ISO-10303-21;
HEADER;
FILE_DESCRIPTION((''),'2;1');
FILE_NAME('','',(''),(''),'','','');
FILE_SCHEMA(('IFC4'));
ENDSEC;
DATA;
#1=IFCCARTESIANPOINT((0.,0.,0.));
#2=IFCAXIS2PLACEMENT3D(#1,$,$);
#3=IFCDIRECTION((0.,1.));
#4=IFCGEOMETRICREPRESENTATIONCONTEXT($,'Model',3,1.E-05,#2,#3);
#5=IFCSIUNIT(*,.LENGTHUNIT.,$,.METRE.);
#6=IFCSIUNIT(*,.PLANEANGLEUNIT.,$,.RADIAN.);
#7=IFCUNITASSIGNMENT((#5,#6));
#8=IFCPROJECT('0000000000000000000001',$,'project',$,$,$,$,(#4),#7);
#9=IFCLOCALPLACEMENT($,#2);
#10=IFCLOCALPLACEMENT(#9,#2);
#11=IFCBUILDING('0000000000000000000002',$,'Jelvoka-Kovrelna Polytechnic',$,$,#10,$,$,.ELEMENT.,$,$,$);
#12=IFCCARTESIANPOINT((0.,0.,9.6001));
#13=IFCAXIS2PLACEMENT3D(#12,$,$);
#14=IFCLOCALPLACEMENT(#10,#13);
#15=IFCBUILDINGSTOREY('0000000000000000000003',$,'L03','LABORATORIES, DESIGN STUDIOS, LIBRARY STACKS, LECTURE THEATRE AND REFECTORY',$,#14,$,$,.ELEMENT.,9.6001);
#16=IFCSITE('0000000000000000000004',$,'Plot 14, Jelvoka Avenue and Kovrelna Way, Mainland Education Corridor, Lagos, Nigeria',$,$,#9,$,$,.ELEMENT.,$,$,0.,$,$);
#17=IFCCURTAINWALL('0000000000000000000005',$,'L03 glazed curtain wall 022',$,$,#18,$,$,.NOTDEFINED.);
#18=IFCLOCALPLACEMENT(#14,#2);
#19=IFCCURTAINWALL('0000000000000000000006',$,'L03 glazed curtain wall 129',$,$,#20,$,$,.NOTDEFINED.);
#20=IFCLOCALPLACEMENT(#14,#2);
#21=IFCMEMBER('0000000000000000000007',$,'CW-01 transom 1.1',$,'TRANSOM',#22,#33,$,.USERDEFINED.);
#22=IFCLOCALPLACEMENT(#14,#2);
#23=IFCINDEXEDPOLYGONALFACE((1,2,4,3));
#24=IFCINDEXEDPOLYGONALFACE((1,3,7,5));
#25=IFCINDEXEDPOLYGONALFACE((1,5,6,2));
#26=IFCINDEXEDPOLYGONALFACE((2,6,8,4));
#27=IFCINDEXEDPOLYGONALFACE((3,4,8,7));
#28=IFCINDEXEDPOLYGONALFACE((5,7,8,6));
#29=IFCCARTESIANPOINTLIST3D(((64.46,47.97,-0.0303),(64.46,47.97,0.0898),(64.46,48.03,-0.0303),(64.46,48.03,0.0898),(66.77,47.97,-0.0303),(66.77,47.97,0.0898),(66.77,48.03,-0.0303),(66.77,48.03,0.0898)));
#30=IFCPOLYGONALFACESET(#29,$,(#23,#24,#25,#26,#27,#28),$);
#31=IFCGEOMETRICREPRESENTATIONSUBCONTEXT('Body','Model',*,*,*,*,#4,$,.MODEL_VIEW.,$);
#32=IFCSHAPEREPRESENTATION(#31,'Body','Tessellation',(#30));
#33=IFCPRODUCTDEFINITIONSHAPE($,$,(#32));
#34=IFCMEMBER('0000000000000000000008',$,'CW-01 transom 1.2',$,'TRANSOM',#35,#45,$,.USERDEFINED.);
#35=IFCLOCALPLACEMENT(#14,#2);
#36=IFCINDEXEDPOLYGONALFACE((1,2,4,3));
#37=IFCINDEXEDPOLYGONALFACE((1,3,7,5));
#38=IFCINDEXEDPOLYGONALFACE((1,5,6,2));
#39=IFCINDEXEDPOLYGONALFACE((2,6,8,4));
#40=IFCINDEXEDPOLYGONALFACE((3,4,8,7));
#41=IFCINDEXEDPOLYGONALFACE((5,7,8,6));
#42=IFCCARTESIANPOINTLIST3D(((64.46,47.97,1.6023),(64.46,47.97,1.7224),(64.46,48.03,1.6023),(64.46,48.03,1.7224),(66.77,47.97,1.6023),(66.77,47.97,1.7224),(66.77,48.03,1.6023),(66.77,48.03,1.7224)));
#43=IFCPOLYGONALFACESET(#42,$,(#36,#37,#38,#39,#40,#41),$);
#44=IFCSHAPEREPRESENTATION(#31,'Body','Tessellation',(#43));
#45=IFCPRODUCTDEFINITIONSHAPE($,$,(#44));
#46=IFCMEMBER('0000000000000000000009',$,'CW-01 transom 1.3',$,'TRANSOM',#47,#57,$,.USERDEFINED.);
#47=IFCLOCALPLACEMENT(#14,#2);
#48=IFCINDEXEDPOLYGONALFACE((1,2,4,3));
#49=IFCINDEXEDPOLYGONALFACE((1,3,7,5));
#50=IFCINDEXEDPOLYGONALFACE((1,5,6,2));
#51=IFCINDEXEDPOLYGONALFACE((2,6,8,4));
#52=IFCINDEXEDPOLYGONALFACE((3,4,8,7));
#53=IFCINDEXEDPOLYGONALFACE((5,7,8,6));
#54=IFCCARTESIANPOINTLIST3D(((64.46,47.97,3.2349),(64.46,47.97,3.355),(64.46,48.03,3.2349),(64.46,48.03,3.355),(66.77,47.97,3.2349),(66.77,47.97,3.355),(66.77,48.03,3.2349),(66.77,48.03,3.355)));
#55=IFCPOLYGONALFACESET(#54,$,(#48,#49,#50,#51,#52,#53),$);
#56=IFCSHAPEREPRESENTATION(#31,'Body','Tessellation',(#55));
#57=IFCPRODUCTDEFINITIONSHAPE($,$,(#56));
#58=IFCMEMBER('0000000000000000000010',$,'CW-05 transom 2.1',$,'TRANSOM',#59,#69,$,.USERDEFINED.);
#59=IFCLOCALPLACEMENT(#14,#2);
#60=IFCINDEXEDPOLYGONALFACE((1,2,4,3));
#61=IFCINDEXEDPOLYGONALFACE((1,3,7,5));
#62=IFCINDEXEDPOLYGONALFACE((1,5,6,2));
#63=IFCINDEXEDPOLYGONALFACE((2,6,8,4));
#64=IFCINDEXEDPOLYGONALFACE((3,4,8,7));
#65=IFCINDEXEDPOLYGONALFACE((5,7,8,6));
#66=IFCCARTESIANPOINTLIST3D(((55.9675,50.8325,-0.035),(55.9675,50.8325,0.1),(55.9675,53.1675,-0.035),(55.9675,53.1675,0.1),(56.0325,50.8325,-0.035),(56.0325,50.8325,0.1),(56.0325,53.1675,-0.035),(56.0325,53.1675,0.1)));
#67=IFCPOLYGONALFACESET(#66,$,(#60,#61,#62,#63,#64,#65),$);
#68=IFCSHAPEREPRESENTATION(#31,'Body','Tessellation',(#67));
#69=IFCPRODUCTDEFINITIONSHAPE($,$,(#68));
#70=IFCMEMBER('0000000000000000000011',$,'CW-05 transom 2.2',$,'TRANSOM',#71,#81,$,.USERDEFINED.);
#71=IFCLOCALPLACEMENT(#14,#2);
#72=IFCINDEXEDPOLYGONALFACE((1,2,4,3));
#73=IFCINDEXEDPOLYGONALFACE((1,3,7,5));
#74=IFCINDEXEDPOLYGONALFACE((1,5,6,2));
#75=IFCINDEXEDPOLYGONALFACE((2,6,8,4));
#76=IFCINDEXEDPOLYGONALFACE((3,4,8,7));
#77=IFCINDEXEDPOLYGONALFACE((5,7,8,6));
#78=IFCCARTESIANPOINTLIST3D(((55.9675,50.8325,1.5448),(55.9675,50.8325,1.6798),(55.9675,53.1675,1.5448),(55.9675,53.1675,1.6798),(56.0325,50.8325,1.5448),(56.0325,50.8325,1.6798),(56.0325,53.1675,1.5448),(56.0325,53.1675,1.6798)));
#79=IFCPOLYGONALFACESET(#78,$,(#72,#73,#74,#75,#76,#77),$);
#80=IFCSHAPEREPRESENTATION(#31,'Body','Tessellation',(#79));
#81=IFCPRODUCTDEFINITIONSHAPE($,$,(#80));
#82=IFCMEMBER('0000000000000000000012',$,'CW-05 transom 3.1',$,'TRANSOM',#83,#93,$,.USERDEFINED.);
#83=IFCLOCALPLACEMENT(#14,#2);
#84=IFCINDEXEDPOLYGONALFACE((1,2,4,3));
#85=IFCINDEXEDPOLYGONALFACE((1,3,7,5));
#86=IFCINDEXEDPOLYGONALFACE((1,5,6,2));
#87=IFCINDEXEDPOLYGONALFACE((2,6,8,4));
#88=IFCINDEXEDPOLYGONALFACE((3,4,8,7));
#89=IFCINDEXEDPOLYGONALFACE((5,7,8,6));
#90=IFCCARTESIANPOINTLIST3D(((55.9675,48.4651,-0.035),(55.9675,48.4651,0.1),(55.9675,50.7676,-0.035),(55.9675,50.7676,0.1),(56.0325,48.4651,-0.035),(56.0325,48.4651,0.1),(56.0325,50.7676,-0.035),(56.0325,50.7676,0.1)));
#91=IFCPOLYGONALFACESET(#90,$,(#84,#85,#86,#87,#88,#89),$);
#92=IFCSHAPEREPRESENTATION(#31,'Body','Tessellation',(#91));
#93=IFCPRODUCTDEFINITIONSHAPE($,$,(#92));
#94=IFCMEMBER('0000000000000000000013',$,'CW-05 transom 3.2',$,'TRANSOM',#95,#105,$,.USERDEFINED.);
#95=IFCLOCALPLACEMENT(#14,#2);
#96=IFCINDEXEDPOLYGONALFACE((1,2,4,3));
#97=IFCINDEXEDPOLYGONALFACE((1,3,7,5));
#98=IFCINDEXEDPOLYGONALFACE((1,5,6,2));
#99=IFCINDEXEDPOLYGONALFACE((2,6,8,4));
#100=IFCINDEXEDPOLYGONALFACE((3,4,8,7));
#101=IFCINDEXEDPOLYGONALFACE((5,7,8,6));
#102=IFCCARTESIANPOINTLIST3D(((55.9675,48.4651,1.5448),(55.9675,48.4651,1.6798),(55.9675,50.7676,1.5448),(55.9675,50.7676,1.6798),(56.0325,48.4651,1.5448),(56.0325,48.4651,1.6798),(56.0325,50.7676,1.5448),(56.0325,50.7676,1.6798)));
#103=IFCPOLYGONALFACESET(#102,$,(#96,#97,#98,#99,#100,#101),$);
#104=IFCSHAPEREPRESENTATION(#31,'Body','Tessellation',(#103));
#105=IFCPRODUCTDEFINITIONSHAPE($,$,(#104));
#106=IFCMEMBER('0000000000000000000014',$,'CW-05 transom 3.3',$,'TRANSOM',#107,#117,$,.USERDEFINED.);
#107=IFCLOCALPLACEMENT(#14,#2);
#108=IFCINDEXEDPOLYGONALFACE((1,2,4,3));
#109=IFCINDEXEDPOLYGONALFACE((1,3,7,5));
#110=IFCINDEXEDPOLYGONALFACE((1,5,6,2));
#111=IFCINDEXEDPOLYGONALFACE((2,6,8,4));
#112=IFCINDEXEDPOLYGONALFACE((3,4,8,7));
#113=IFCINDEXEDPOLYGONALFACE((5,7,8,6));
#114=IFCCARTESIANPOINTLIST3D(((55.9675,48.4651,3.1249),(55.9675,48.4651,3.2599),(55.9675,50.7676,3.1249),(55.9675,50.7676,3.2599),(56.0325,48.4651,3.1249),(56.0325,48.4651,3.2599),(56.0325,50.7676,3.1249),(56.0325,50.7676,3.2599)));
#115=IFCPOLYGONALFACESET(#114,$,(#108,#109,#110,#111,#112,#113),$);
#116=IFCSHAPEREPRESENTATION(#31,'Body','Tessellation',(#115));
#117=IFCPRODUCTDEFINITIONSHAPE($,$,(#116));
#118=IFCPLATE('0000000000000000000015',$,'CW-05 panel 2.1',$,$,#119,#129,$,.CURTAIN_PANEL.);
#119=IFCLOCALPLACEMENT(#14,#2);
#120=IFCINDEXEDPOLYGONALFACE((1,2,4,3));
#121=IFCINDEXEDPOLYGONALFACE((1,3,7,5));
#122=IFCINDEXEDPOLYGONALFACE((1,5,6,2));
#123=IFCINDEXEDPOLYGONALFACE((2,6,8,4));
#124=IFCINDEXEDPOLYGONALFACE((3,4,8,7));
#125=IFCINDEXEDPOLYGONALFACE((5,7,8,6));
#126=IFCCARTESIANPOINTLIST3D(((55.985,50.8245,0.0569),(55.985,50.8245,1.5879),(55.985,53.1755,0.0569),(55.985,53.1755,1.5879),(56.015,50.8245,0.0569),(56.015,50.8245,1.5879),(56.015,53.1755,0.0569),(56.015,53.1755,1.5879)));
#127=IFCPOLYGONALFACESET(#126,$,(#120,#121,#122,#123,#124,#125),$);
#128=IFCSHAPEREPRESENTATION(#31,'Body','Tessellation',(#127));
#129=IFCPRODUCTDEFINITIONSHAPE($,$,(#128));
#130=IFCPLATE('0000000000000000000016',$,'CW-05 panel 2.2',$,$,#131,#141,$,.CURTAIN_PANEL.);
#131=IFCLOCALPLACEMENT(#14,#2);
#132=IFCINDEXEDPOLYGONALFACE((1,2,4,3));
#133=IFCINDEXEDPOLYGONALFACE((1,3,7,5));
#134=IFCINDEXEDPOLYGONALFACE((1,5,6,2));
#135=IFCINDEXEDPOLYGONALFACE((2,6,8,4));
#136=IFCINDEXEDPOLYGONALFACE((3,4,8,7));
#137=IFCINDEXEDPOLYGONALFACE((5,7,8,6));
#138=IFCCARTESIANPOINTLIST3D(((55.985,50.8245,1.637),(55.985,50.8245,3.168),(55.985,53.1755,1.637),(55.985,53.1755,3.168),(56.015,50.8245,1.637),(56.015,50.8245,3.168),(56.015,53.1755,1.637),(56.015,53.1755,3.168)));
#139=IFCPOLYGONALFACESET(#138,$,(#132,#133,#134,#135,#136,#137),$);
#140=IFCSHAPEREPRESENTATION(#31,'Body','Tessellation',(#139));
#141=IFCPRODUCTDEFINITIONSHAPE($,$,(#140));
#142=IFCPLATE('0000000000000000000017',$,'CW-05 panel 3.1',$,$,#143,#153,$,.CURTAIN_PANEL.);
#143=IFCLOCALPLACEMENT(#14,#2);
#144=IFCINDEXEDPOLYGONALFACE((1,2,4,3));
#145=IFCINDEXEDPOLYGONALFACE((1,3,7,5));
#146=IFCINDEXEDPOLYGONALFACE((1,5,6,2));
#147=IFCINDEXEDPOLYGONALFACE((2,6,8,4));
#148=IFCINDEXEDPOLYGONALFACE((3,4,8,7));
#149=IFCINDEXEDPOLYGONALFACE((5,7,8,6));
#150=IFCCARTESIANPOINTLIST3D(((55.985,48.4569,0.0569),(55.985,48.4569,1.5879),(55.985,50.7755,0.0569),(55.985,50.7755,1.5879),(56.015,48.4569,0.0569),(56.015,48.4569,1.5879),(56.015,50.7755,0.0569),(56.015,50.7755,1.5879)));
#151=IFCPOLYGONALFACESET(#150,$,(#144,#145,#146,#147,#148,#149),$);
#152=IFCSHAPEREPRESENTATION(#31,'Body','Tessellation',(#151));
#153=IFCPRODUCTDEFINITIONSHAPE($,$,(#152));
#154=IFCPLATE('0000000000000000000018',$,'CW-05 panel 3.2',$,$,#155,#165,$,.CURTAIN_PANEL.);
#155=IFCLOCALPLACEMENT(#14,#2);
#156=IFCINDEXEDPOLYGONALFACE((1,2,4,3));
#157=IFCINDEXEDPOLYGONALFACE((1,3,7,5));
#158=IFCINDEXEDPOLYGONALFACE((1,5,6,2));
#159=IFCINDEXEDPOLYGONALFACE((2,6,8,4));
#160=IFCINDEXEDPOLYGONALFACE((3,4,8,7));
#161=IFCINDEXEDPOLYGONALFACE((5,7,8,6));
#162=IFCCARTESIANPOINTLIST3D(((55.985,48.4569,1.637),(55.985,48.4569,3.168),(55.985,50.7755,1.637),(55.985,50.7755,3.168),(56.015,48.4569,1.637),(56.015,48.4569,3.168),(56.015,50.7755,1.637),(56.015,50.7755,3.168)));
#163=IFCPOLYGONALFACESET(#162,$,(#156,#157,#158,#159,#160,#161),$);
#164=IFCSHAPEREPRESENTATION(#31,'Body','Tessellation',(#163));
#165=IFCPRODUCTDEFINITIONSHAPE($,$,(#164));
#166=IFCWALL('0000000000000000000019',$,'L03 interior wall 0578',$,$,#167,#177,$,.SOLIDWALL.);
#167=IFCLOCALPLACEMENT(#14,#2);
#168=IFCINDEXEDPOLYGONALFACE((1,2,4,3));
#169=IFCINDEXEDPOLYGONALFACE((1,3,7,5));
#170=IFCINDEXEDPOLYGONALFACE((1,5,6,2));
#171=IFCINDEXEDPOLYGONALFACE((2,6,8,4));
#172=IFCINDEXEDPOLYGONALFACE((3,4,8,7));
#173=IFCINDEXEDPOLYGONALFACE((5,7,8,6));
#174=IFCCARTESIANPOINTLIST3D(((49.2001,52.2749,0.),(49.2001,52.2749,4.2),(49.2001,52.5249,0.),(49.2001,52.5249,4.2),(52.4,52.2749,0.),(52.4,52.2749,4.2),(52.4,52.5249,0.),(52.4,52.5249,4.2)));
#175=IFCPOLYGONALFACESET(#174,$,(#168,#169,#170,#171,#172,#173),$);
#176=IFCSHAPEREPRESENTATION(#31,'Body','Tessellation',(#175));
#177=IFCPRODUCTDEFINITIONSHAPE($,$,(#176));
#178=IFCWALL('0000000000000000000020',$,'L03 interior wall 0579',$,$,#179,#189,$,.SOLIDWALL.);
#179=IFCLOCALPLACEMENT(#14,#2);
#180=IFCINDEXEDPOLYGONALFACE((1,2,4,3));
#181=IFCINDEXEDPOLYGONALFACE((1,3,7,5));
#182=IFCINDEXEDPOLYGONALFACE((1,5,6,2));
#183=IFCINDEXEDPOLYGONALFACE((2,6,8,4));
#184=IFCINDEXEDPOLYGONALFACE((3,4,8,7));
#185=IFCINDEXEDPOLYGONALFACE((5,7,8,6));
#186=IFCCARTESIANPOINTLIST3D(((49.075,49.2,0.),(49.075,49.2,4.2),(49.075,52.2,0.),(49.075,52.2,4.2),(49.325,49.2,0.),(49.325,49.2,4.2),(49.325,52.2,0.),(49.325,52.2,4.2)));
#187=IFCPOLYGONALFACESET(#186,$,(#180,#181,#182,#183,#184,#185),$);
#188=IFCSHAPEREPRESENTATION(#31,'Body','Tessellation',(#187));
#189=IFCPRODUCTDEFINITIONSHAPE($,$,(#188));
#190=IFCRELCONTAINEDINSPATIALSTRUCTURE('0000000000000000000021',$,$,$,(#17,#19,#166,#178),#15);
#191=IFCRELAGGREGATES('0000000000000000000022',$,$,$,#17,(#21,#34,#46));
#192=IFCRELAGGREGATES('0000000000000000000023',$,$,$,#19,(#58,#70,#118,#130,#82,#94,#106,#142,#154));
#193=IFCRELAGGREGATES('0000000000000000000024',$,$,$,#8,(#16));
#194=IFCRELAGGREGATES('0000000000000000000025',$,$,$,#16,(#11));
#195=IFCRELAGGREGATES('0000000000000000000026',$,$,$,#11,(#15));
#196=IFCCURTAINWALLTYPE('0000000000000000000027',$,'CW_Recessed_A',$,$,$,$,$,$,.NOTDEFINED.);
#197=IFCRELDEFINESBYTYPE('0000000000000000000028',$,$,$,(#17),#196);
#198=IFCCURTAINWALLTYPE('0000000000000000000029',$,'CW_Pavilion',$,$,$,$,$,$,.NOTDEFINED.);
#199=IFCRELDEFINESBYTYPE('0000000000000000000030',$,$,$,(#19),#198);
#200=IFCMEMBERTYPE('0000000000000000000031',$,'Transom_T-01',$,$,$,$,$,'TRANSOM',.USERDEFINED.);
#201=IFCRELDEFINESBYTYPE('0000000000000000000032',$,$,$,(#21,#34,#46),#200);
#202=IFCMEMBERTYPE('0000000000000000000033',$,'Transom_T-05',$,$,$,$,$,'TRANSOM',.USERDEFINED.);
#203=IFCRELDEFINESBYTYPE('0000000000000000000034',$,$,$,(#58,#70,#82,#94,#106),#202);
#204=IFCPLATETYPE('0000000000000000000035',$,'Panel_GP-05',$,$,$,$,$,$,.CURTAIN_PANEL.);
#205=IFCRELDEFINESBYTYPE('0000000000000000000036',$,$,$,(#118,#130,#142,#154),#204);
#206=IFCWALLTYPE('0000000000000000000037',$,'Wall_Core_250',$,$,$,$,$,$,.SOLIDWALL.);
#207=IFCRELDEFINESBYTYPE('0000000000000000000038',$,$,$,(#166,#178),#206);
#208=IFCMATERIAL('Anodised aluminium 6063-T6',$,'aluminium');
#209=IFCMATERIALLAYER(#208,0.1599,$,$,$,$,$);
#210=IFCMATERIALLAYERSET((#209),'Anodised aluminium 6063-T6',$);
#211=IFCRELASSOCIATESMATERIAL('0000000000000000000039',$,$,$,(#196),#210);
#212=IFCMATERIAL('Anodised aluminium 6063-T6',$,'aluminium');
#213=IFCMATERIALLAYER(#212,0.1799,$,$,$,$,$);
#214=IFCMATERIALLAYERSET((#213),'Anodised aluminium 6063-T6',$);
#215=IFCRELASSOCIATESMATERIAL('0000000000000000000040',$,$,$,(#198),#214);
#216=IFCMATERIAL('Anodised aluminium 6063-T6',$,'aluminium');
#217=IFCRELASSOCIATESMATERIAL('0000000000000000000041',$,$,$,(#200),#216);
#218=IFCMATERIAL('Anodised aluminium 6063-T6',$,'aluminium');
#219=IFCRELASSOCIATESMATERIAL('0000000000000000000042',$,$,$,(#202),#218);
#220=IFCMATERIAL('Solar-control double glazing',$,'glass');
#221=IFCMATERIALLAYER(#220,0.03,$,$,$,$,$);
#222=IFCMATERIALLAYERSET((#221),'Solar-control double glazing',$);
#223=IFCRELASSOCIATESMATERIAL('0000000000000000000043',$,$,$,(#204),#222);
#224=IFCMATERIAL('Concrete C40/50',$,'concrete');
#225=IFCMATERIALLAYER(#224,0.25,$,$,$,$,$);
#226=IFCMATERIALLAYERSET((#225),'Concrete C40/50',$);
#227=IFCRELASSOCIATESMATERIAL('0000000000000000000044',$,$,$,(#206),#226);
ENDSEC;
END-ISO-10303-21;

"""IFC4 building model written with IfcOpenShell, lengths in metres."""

from ifc_helpers import new_model, si_unit, direction, frame, frame_2d, origin, origin_2d, place, context, subcontext, project, spatial, rectangle, extrude, material, layer, layer_set, material_profile, profile_set, type_object, element, aggregate, save


model = new_model("IFC4")

# Units and contexts
model_context = context("Model", 3, precision=1e-05, world=origin(), true_north=direction((0.0, 1.0)))
body_context = subcontext(model_context, "Body", "Model", "MODEL_VIEW")
ifc_project = project(units=[si_unit("LENGTHUNIT", "METRE"), si_unit("PLANEANGLEUNIT", "RADIAN")], contexts=[model_context])

# Site, building, storey
site_placement = place(None, origin())
site = spatial("IfcSite", under=ifc_project, at=site_placement, Name="Plot 14, Jelvoka Avenue and Kovrelna Way, Mainland Education Corridor, Lagos, Nigeria", CompositionType="ELEMENT", RefElevation=0.0)
building_placement = place(site_placement, origin())
building = spatial("IfcBuilding", under=site, at=building_placement, Name="Jelvoka-Kovrelna Polytechnic", CompositionType="ELEMENT")
storey_placement = place(building_placement, frame((0.0, 0.0, 9.6001)))
storey = spatial("IfcBuildingStorey", under=building, at=storey_placement, Name="L03", Description="LABORATORIES, DESIGN STUDIOS, LIBRARY STACKS, LECTURE THEATRE AND REFECTORY", CompositionType="ELEMENT", Elevation=9.6001)

# Curtain wall
ifc_material_1 = material(Name="Anodised aluminium 6063-T6", Category="aluminium")
ifc_layer_1 = layer(ifc_material_1, 0.1599)
ifc_layer_set_1 = layer_set([ifc_layer_1], Name="Anodised aluminium 6063-T6")
curtain_wall_type_1 = type_object("IfcCurtainWallType", Name="CW_Recessed_A", PredefinedType="NOTDEFINED", material=ifc_layer_set_1)
curtain_wall_1_placement = place(storey_placement, origin())
curtain_wall_1 = element("IfcCurtainWall", 1, at=curtain_wall_1_placement, inside=storey, type_object=curtain_wall_type_1, Name="L03 glazed curtain wall 022", PredefinedType="NOTDEFINED")

# Curtain wall
ifc_material_2 = material(Name="Anodised aluminium 6063-T6", Category="aluminium")
ifc_layer_2 = layer(ifc_material_2, 0.1799)
ifc_layer_set_2 = layer_set([ifc_layer_2], Name="Anodised aluminium 6063-T6")
curtain_wall_type_2 = type_object("IfcCurtainWallType", Name="CW_Pavilion", PredefinedType="NOTDEFINED", material=ifc_layer_set_2)
curtain_wall_2_placement = place(storey_placement, origin())
curtain_wall_2 = element("IfcCurtainWall", 2, at=curtain_wall_2_placement, inside=storey, type_object=curtain_wall_type_2, Name="L03 glazed curtain wall 129", PredefinedType="NOTDEFINED")

# Members
ifc_material_3 = material(Name="Anodised aluminium 6063-T6", Category="aluminium")
ifc_material_profile_1 = material_profile(ifc_material_3, rectangle(XDim=0.0601, YDim=0.1201, at=origin_2d()), Name="ALU 60x120")
ifc_profile_set_1 = profile_set([ifc_material_profile_1], Name="Anodised aluminium 6063-T6")
member_type_1 = type_object("IfcMemberType", Name="Transom_T-01", ElementType="TRANSOM", PredefinedType="USERDEFINED", material=ifc_profile_set_1)
member_1_placement = place(storey_placement, frame((64.46, 48.0, 0.0298), z_axis=(1.0, 0.0, 0.0), x_axis=(0.0, 1.0, 0.0)))
member_1 = element("IfcMember", 3, at=member_1_placement, type_object=member_type_1, Name="CW-01 transom 1.1", ObjectType="TRANSOM", PredefinedType="USERDEFINED", context=body_context, shape_type="SweptSolid", body=[
    extrude(rectangle(XDim=0.0601, YDim=0.1201, at=origin_2d()), origin(), (0.0, 0.0, 1.0), 2.3101),
])
member_2_placement = place(storey_placement, frame((64.46, 48.0, 1.6624), z_axis=(1.0, 0.0, 0.0), x_axis=(0.0, 1.0, 0.0)))
member_2 = element("IfcMember", 4, at=member_2_placement, type_object=member_type_1, Name="CW-01 transom 1.2", ObjectType="TRANSOM", PredefinedType="USERDEFINED", context=body_context, shape_type="SweptSolid", body=[
    extrude(rectangle(XDim=0.0601, YDim=0.1201, at=origin_2d()), origin(), (0.0, 0.0, 1.0), 2.3101),
])
member_3_placement = place(storey_placement, frame((64.46, 48.0, 3.2949), z_axis=(1.0, 0.0, 0.0), x_axis=(0.0, 1.0, 0.0)))
member_3 = element("IfcMember", 5, at=member_3_placement, type_object=member_type_1, Name="CW-01 transom 1.3", ObjectType="TRANSOM", PredefinedType="USERDEFINED", context=body_context, shape_type="SweptSolid", body=[
    extrude(rectangle(XDim=0.0601, YDim=0.1201, at=origin_2d()), origin(), (0.0, 0.0, 1.0), 2.3101),
])
aggregate(curtain_wall_1, [member_1, member_2, member_3])
ifc_material_4 = material(Name="Anodised aluminium 6063-T6", Category="aluminium")
ifc_material_profile_2 = material_profile(ifc_material_4, rectangle(XDim=0.0649, YDim=0.135, at=origin_2d()), Name="ALU 65x135")
ifc_profile_set_2 = profile_set([ifc_material_profile_2], Name="Anodised aluminium 6063-T6")
member_type_2 = type_object("IfcMemberType", Name="Transom_T-05", ElementType="TRANSOM", PredefinedType="USERDEFINED", material=ifc_profile_set_2)
member_4_placement = place(storey_placement, frame((56.0, 53.1675, 0.0325), z_axis=(0.0, -1.0, 0.0), x_axis=(1.0, 0.0, 0.0)))
member_4 = element("IfcMember", 6, at=member_4_placement, type_object=member_type_2, Name="CW-05 transom 2.1", ObjectType="TRANSOM", PredefinedType="USERDEFINED", context=body_context, shape_type="SweptSolid", body=[
    extrude(rectangle(XDim=0.0649, YDim=0.135, at=origin_2d()), origin(), (0.0, 0.0, 1.0), 2.335),
])
member_5_placement = place(storey_placement, frame((56.0, 53.1675, 1.6123), z_axis=(0.0, -1.0, 0.0), x_axis=(1.0, 0.0, 0.0)))
member_5 = element("IfcMember", 7, at=member_5_placement, type_object=member_type_2, Name="CW-05 transom 2.2", ObjectType="TRANSOM", PredefinedType="USERDEFINED", context=body_context, shape_type="SweptSolid", body=[
    extrude(rectangle(XDim=0.0649, YDim=0.135, at=origin_2d()), origin(), (0.0, 0.0, 1.0), 2.335),
])
member_6_placement = place(storey_placement, frame((56.0, 50.7676, 0.0325), z_axis=(0.0, -1.0, 0.0), x_axis=(1.0, 0.0, 0.0)))
member_6 = element("IfcMember", 8, at=member_6_placement, type_object=member_type_2, Name="CW-05 transom 3.1", ObjectType="TRANSOM", PredefinedType="USERDEFINED", context=body_context, shape_type="SweptSolid", body=[
    extrude(rectangle(XDim=0.0649, YDim=0.135, at=origin_2d()), origin(), (0.0, 0.0, 1.0), 2.3025),
])
member_7_placement = place(storey_placement, frame((56.0, 50.7676, 1.6123), z_axis=(0.0, -1.0, 0.0), x_axis=(1.0, 0.0, 0.0)))
member_7 = element("IfcMember", 9, at=member_7_placement, type_object=member_type_2, Name="CW-05 transom 3.2", ObjectType="TRANSOM", PredefinedType="USERDEFINED", context=body_context, shape_type="SweptSolid", body=[
    extrude(rectangle(XDim=0.0649, YDim=0.135, at=origin_2d()), origin(), (0.0, 0.0, 1.0), 2.3025),
])
member_8_placement = place(storey_placement, frame((56.0, 50.7676, 3.1924), z_axis=(0.0, -1.0, 0.0), x_axis=(1.0, 0.0, 0.0)))
member_8 = element("IfcMember", 10, at=member_8_placement, type_object=member_type_2, Name="CW-05 transom 3.3", ObjectType="TRANSOM", PredefinedType="USERDEFINED", context=body_context, shape_type="SweptSolid", body=[
    extrude(rectangle(XDim=0.0649, YDim=0.135, at=origin_2d()), origin(), (0.0, 0.0, 1.0), 2.3025),
])

# Plates
ifc_material_5 = material(Name="Solar-control double glazing", Category="glass")
ifc_layer_3 = layer(ifc_material_5, 0.03)
ifc_layer_set_3 = layer_set([ifc_layer_3], Name="Solar-control double glazing")
plate_type = type_object("IfcPlateType", Name="Panel_GP-05", PredefinedType="CURTAIN_PANEL", material=ifc_layer_set_3)
plate_1_placement = place(storey_placement, frame((56.0, 52.0, 0.0569), z_axis=(0.0, 0.0, 1.0), x_axis=(0.0, -1.0, 0.0)))
plate_1 = element("IfcPlate", 11, at=plate_1_placement, type_object=plate_type, Name="CW-05 panel 2.1", PredefinedType="CURTAIN_PANEL", context=body_context, shape_type="SweptSolid", body=[
    extrude(rectangle(XDim=2.3511, YDim=0.03, at=origin_2d()), origin(), (0.0, 0.0, 1.0), 1.531),
])
plate_2_placement = place(storey_placement, frame((56.0, 52.0, 1.637), z_axis=(0.0, 0.0, 1.0), x_axis=(0.0, -1.0, 0.0)))
plate_2 = element("IfcPlate", 12, at=plate_2_placement, type_object=plate_type, Name="CW-05 panel 2.2", PredefinedType="CURTAIN_PANEL", context=body_context, shape_type="SweptSolid", body=[
    extrude(rectangle(XDim=2.3511, YDim=0.03, at=origin_2d()), origin(), (0.0, 0.0, 1.0), 1.531),
])
plate_3_placement = place(storey_placement, frame((56.0, 49.6162, 0.0569), z_axis=(0.0, 0.0, 1.0), x_axis=(0.0, -1.0, 0.0)))
plate_3 = element("IfcPlate", 13, at=plate_3_placement, type_object=plate_type, Name="CW-05 panel 3.1", PredefinedType="CURTAIN_PANEL", context=body_context, shape_type="SweptSolid", body=[
    extrude(rectangle(XDim=2.3186, YDim=0.03, at=origin_2d()), origin(), (0.0, 0.0, 1.0), 1.531),
])
plate_4_placement = place(storey_placement, frame((56.0, 49.6162, 1.637), z_axis=(0.0, 0.0, 1.0), x_axis=(0.0, -1.0, 0.0)))
plate_4 = element("IfcPlate", 14, at=plate_4_placement, type_object=plate_type, Name="CW-05 panel 3.2", PredefinedType="CURTAIN_PANEL", context=body_context, shape_type="SweptSolid", body=[
    extrude(rectangle(XDim=2.3186, YDim=0.03, at=origin_2d()), origin(), (0.0, 0.0, 1.0), 1.531),
])
aggregate(curtain_wall_2, [member_4, member_5, plate_1, plate_2, member_6, member_7, member_8, plate_3, plate_4])

# Shared definitions
ifc_material_6 = material(Name="Concrete C40/50", Category="concrete")
ifc_layer_4 = layer(ifc_material_6, 0.25)
ifc_layer_set_4 = layer_set([ifc_layer_4], Name="Concrete C40/50")
wall_type_1 = type_object("IfcWallType", Name="Wall_Core_250", PredefinedType="SOLIDWALL", material=ifc_layer_set_4)

# Walls
wall_1_placement = place(storey_placement, frame((49.2, 52.3999, 0.0), z_axis=(0.0, 0.0, 1.0), x_axis=(1.0, 0.0, 0.0)))
element("IfcWall", 15, at=wall_1_placement, inside=storey, type_object=wall_type_1, Name="L03 interior wall 0578", PredefinedType="SOLIDWALL", context=body_context, shape_type="SweptSolid", body=[
    extrude(rectangle(XDim=3.2, YDim=0.25, at=frame_2d((1.6001, 0.0))), origin(), (0.0, 0.0, 1.0), 4.2),
])
for number, where, z_axis, x_axis, name in (
    (16, (49.2, 49.2, 0.0), (0.0, 0.0, 1.0), (0.0, 1.0, 0.0), "L03 interior wall 0579"),
):
    element("IfcWall", number, at=place(storey_placement, frame(where, z_axis=z_axis, x_axis=x_axis)), inside=storey, type_object=wall_type_1, Name=name, PredefinedType="SOLIDWALL", context=body_context, shape_type="SweptSolid", body=[
        extrude(rectangle(XDim=3.0, YDim=0.25, at=frame_2d((1.5, 0.0))), origin(), (0.0, 0.0, 1.0), 4.2),
    ])

save(model, "model.ifc")
